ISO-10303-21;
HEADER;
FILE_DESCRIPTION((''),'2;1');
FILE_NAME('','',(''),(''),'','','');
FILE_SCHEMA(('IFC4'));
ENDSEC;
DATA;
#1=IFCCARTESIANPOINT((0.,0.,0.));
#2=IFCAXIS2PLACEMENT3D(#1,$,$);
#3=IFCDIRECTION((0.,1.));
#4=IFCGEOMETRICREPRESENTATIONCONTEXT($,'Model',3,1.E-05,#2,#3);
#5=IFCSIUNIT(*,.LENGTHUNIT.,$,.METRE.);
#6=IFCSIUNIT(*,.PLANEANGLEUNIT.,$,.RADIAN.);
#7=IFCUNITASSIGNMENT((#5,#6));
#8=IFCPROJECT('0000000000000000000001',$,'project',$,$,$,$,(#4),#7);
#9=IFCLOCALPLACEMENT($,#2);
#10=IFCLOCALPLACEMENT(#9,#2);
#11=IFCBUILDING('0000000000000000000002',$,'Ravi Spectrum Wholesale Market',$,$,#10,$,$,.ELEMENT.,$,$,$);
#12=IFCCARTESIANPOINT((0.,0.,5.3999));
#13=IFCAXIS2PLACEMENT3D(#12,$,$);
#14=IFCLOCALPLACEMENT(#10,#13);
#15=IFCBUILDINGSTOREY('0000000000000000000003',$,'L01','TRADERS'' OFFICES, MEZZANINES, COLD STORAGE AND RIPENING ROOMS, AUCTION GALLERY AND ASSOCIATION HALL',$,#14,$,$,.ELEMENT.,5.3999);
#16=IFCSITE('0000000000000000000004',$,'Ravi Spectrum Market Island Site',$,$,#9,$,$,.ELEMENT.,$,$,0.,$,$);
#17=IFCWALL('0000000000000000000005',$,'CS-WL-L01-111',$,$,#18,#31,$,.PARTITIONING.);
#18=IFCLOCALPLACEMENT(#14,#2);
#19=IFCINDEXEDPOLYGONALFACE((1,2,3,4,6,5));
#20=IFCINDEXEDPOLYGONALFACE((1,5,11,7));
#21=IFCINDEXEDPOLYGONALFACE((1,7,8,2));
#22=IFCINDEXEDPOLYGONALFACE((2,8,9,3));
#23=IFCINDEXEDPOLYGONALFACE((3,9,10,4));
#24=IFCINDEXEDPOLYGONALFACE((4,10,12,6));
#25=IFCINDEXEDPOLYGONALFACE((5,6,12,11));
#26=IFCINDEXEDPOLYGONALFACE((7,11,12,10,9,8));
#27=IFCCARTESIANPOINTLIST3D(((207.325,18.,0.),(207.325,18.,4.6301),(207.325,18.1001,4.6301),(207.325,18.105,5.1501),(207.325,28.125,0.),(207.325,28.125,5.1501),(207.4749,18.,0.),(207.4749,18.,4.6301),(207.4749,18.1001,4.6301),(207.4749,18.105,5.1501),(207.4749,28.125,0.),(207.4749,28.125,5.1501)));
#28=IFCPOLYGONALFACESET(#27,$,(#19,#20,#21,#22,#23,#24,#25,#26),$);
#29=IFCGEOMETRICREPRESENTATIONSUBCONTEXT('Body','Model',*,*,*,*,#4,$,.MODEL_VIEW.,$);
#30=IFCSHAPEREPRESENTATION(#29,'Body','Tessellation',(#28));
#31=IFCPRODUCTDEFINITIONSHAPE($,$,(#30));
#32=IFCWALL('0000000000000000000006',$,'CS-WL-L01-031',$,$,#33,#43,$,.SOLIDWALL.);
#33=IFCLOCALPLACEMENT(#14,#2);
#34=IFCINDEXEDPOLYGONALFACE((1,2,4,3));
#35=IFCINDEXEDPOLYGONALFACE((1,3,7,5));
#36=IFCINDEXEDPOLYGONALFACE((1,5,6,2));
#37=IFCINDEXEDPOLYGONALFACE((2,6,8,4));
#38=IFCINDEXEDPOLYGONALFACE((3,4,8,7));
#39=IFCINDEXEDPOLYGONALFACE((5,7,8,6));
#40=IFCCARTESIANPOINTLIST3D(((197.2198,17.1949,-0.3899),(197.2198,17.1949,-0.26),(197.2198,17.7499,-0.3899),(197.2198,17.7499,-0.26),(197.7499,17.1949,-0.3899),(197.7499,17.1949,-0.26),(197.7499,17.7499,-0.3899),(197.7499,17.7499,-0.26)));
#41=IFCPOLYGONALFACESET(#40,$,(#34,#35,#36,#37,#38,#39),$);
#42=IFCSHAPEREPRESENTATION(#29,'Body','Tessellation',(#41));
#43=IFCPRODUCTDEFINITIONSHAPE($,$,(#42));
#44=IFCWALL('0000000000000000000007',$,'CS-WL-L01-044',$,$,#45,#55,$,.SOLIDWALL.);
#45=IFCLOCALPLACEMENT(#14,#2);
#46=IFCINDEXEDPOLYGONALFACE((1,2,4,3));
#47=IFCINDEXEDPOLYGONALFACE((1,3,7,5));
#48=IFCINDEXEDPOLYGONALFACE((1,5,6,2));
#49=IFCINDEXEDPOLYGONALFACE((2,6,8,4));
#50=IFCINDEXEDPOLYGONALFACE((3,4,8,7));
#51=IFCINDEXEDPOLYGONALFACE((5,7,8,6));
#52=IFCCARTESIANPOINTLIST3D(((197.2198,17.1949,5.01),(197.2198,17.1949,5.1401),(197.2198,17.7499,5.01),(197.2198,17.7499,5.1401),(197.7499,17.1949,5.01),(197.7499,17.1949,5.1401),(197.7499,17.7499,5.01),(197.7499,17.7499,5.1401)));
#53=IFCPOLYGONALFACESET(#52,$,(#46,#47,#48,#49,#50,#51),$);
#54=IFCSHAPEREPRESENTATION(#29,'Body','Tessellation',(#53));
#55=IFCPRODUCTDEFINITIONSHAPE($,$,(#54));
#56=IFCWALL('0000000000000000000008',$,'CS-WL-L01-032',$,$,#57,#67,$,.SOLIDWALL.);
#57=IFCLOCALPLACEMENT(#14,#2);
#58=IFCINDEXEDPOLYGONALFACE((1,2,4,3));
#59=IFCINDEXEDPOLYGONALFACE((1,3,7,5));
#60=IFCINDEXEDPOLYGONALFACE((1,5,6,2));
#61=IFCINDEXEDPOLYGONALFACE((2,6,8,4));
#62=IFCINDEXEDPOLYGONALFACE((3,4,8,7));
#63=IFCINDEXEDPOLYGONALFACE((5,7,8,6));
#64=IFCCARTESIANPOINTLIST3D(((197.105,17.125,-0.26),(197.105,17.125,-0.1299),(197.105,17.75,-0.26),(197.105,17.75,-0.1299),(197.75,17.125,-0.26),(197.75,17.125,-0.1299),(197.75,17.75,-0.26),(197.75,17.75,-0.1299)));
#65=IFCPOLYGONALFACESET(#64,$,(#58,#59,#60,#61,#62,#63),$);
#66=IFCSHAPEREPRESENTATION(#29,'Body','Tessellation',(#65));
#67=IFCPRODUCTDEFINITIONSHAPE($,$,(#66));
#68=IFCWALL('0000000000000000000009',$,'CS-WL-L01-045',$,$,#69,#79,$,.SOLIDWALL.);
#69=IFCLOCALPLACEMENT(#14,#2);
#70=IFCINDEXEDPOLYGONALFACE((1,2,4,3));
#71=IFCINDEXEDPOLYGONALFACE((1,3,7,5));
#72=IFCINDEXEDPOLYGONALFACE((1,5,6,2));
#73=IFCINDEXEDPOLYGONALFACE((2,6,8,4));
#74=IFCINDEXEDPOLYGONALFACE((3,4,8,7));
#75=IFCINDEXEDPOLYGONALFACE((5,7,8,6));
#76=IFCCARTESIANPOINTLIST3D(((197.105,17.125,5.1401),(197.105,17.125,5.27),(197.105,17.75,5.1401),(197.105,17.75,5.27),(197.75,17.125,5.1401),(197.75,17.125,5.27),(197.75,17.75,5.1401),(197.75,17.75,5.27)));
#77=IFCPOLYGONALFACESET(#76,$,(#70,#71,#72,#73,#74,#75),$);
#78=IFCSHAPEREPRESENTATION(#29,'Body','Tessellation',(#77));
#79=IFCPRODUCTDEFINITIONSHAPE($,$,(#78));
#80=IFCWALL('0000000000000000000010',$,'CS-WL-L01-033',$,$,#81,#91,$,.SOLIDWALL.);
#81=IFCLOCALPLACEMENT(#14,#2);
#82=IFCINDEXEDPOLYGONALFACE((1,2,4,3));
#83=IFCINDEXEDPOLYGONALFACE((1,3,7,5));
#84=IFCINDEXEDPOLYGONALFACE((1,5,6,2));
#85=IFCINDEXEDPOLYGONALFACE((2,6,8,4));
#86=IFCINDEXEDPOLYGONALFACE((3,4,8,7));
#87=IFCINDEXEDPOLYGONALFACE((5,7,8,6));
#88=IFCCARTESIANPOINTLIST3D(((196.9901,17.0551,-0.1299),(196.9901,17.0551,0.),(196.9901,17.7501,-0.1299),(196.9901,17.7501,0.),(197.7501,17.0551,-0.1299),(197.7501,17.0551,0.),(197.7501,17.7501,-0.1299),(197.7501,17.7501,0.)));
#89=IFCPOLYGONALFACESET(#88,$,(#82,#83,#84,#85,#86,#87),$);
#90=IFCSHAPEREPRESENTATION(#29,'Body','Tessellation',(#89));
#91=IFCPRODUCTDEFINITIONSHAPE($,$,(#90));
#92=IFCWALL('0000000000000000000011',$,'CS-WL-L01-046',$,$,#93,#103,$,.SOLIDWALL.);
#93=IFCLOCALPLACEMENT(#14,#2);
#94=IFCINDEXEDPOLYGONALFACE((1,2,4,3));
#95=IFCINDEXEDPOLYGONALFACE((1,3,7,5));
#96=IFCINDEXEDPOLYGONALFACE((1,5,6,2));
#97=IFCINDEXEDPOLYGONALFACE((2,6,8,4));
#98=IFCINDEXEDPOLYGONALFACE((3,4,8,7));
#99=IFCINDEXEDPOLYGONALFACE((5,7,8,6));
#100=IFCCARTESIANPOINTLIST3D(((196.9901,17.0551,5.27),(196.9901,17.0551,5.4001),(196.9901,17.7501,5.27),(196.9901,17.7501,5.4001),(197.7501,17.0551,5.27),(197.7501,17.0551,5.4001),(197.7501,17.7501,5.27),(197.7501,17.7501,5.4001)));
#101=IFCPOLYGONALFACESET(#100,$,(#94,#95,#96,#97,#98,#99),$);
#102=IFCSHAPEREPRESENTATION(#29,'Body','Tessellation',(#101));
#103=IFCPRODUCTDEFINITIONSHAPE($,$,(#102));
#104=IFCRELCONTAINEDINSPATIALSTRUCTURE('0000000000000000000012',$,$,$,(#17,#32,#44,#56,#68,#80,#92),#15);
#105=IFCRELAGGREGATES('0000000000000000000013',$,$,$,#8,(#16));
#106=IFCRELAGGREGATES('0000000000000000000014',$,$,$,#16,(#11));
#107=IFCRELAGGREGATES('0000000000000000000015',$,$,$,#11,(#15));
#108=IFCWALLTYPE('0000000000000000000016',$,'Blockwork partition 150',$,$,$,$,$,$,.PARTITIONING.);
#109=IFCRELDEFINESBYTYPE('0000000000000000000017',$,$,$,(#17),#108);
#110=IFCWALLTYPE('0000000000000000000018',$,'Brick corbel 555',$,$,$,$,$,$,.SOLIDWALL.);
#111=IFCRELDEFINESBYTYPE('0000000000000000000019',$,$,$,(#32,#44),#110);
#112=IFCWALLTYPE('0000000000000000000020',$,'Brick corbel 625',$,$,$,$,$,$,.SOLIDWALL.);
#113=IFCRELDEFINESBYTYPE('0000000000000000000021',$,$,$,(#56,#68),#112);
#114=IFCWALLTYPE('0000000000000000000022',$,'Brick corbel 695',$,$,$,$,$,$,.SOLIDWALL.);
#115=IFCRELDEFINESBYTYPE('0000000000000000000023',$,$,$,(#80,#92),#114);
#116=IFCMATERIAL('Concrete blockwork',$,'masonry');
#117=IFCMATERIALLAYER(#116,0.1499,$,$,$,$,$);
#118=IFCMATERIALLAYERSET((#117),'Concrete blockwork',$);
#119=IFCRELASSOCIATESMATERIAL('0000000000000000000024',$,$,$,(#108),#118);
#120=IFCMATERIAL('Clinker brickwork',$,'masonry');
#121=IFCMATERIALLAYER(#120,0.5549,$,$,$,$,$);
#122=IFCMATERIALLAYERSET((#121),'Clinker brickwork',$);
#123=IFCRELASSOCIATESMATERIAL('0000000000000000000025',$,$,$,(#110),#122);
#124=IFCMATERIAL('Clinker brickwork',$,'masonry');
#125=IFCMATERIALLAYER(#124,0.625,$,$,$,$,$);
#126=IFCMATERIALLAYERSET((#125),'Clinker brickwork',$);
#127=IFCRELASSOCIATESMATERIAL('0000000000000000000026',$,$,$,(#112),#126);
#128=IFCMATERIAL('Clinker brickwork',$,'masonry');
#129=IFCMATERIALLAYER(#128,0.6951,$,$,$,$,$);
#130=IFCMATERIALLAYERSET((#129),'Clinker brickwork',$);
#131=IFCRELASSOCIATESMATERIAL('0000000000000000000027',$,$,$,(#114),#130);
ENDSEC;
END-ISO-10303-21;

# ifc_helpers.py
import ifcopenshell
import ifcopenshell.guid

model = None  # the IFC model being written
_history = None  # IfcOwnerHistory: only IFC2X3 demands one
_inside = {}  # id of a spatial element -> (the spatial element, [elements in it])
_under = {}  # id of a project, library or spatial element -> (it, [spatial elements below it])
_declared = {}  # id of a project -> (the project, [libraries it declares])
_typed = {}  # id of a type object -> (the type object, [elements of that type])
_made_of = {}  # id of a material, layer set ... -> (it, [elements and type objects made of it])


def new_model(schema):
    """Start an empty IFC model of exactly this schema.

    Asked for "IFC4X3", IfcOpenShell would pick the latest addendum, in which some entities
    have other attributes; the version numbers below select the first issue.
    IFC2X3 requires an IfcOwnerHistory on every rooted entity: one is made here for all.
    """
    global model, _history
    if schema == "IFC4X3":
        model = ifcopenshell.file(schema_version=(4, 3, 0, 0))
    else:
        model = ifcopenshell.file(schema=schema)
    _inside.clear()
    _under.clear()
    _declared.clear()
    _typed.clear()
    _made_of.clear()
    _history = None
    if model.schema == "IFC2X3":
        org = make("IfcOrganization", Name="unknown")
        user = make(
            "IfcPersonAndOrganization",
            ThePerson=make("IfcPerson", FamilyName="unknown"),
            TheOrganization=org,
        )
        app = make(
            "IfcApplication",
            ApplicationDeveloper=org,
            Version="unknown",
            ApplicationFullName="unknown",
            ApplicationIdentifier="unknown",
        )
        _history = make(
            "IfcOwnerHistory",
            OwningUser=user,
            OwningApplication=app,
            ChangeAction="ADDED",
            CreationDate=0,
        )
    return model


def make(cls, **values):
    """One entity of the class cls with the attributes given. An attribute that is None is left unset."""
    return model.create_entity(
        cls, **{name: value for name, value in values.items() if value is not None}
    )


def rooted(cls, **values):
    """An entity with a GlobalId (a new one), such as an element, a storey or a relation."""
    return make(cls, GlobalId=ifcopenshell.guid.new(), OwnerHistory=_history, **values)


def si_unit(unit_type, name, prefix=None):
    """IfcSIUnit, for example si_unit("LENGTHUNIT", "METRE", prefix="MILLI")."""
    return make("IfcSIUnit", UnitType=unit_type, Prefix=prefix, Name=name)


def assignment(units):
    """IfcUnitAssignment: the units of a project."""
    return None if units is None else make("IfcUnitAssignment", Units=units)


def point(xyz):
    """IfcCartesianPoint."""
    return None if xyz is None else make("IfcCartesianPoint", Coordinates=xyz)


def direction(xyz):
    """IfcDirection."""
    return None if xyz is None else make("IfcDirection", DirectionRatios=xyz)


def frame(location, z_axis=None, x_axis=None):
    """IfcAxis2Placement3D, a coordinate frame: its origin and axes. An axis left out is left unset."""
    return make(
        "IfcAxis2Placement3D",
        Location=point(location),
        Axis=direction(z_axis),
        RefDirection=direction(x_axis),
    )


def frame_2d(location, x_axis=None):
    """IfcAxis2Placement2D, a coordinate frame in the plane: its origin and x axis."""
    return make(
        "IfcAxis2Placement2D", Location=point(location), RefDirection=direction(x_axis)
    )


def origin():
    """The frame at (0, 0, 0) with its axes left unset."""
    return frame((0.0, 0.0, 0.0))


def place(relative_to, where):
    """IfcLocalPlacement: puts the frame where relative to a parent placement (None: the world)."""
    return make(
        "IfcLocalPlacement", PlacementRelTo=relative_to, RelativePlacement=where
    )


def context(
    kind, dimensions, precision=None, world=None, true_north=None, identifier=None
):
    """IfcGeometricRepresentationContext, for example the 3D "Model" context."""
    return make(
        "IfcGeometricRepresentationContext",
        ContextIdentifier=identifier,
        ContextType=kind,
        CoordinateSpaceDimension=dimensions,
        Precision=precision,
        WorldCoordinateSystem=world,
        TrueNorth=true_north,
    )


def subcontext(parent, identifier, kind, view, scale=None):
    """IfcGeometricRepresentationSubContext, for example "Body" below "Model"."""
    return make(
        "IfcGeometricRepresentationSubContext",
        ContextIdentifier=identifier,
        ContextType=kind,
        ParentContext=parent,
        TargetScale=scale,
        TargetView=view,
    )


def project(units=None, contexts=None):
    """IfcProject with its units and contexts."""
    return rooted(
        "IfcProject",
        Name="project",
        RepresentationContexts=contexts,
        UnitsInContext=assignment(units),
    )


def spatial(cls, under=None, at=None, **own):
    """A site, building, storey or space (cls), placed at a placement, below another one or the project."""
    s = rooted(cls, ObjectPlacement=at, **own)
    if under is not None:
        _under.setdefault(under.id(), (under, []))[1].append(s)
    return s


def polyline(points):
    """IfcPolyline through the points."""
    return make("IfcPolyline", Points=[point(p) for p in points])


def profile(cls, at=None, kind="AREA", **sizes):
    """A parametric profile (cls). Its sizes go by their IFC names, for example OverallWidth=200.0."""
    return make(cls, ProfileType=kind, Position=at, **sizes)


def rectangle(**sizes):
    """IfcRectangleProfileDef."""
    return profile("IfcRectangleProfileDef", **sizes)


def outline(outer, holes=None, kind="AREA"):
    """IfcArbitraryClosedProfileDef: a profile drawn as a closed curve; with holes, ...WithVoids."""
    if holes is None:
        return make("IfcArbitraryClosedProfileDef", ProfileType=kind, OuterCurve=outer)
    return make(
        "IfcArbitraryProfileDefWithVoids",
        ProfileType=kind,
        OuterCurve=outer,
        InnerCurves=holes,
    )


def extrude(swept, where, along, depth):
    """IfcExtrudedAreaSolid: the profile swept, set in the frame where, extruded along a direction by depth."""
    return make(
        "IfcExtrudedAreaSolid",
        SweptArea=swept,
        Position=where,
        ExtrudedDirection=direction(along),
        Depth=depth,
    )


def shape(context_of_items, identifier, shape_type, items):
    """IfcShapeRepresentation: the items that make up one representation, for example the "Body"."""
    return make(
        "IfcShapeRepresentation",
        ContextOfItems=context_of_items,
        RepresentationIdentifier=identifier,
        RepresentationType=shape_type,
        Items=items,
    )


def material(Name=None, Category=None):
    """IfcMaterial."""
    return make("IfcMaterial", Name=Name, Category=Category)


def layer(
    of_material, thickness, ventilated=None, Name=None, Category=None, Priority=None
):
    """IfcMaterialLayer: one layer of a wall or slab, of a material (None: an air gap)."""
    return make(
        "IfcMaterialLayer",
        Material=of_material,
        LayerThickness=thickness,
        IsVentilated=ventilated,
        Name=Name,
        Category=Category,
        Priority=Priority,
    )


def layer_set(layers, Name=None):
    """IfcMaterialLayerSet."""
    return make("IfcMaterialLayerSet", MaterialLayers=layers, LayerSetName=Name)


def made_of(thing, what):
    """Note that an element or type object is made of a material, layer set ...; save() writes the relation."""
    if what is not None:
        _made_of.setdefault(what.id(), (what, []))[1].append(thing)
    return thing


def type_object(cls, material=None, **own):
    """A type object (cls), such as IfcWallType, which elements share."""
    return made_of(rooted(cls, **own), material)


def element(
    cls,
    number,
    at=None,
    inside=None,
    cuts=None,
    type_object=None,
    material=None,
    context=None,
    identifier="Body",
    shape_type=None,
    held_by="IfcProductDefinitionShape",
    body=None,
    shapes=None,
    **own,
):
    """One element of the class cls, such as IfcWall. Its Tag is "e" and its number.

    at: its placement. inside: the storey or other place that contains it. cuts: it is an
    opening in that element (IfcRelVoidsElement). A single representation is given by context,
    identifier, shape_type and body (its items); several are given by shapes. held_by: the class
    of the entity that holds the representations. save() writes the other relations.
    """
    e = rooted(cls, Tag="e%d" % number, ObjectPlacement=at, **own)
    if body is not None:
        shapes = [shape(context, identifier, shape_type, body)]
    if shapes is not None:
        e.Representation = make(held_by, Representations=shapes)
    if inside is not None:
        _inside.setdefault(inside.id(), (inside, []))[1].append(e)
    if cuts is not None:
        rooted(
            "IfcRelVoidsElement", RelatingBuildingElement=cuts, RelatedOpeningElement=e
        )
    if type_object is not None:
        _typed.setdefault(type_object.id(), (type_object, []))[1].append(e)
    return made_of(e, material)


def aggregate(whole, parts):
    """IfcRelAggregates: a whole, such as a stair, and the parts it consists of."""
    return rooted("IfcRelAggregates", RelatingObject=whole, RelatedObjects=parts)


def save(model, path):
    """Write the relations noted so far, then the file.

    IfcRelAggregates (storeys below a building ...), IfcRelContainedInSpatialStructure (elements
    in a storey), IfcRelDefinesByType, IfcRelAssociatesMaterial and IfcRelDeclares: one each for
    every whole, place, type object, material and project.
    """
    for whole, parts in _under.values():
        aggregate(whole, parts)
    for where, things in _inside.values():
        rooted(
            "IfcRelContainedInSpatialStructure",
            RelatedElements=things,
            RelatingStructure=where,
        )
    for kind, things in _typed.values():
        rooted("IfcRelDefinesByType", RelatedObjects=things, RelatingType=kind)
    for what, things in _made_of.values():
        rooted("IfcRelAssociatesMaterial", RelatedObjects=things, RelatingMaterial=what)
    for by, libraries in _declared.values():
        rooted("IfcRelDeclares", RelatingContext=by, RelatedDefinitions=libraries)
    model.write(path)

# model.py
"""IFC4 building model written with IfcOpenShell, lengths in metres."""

from ifc_helpers import new_model, si_unit, direction, frame, frame_2d, origin, place, context, subcontext, project, spatial, polyline, rectangle, outline, extrude, material, layer, layer_set, type_object, element, save


model = new_model("IFC4")

# Units and contexts
model_context = context("Model", 3, precision=1e-05, world=origin(), true_north=direction((0.0, 1.0)))
body_context = subcontext(model_context, "Body", "Model", "MODEL_VIEW")
ifc_project = project(units=[si_unit("LENGTHUNIT", "METRE"), si_unit("PLANEANGLEUNIT", "RADIAN")], contexts=[model_context])

# Site, building, storey
site_placement = place(None, origin())
site = spatial("IfcSite", under=ifc_project, at=site_placement, Name="Ravi Spectrum Market Island Site", CompositionType="ELEMENT", RefElevation=0.0)
building_placement = place(site_placement, origin())
building = spatial("IfcBuilding", under=site, at=building_placement, Name="Ravi Spectrum Wholesale Market", CompositionType="ELEMENT")
storey_placement = place(building_placement, frame((0.0, 0.0, 5.3999)))
storey = spatial("IfcBuildingStorey", under=building, at=storey_placement, Name="L01", Description="TRADERS' OFFICES, MEZZANINES, COLD STORAGE AND RIPENING ROOMS, AUCTION GALLERY AND ASSOCIATION HALL", CompositionType="ELEMENT", Elevation=5.3999)

# Walls
ifc_material_1 = material(Name="Concrete blockwork", Category="masonry")
ifc_layer_1 = layer(ifc_material_1, 0.1499)
ifc_layer_set_1 = layer_set([ifc_layer_1], Name="Concrete blockwork")
wall_type_1 = type_object("IfcWallType", Name="Blockwork partition 150", PredefinedType="PARTITIONING", material=ifc_layer_set_1)
wall_1_placement = place(storey_placement, frame((207.3999, 18.0, 0.0), z_axis=(0.0, 0.0, 1.0), x_axis=(0.0, 1.0, 0.0)))
element("IfcWall", 1, at=wall_1_placement, inside=storey, type_object=wall_type_1, Name="CS-WL-L01-111", PredefinedType="PARTITIONING", context=body_context, shape_type="SweptSolid", body=[
    extrude(outline(polyline([(0.0, 0.0), (10.125, 0.0), (10.125, 5.1501), (0.105, 5.1501), (0.1001, 4.6301), (0.0, 4.6301), (0.0, 0.0)])), frame((0.0, 0.075, 0.0), z_axis=(0.0, -1.0, 0.0), x_axis=(1.0, 0.0, 0.0)), (0.0, 0.0, 1.0), 0.1499),
])
ifc_material_2 = material(Name="Clinker brickwork", Category="masonry")
ifc_layer_2 = layer(ifc_material_2, 0.5549)
ifc_layer_set_2 = layer_set([ifc_layer_2], Name="Clinker brickwork")
wall_type_2 = type_object("IfcWallType", Name="Brick corbel 555", PredefinedType="SOLIDWALL", material=ifc_layer_set_2)
wall_2_placement = place(storey_placement, frame((197.75, 17.4724, -0.3899), z_axis=(0.0, 0.0, 1.0), x_axis=(-1.0, 0.0, 0.0)))
element("IfcWall", 2, at=wall_2_placement, inside=storey, type_object=wall_type_2, Name="CS-WL-L01-031", PredefinedType="SOLIDWALL", context=body_context, shape_type="SweptSolid", body=[
    extrude(rectangle(XDim=0.53, YDim=0.5549, at=frame_2d((0.2651, 0.0))), origin(), (0.0, 0.0, 1.0), 0.1299),
])
wall_3_placement = place(storey_placement, frame((197.75, 17.4724, 5.01), z_axis=(0.0, 0.0, 1.0), x_axis=(-1.0, 0.0, 0.0)))
element("IfcWall", 3, at=wall_3_placement, inside=storey, type_object=wall_type_2, Name="CS-WL-L01-044", PredefinedType="SOLIDWALL", context=body_context, shape_type="SweptSolid", body=[
    extrude(rectangle(XDim=0.53, YDim=0.5549, at=frame_2d((0.2651, 0.0))), origin(), (0.0, 0.0, 1.0), 0.1301),
])
ifc_material_3 = material(Name="Clinker brickwork", Category="masonry")
ifc_layer_3 = layer(ifc_material_3, 0.625)
ifc_layer_set_3 = layer_set([ifc_layer_3], Name="Clinker brickwork")
wall_type_3 = type_object("IfcWallType", Name="Brick corbel 625", PredefinedType="SOLIDWALL", material=ifc_layer_set_3)
wall_4_placement = place(storey_placement, frame((197.75, 17.4375, -0.26), z_axis=(0.0, 0.0, 1.0), x_axis=(-1.0, 0.0, 0.0)))
element("IfcWall", 4, at=wall_4_placement, inside=storey, type_object=wall_type_3, Name="CS-WL-L01-032", PredefinedType="SOLIDWALL", context=body_context, shape_type="SweptSolid", body=[
    extrude(rectangle(XDim=0.645, YDim=0.625, at=frame_2d((0.3225, 0.0))), origin(), (0.0, 0.0, 1.0), 0.1301),
])
wall_5_placement = place(storey_placement, frame((197.75, 17.4375, 5.1401), z_axis=(0.0, 0.0, 1.0), x_axis=(-1.0, 0.0, 0.0)))
element("IfcWall", 5, at=wall_5_placement, inside=storey, type_object=wall_type_3, Name="CS-WL-L01-045", PredefinedType="SOLIDWALL", context=body_context, shape_type="SweptSolid", body=[
    extrude(rectangle(XDim=0.645, YDim=0.625, at=frame_2d((0.3225, 0.0))), origin(), (0.0, 0.0, 1.0), 0.1299),
])
ifc_material_4 = material(Name="Clinker brickwork", Category="masonry")
ifc_layer_4 = layer(ifc_material_4, 0.6951)
ifc_layer_set_4 = layer_set([ifc_layer_4], Name="Clinker brickwork")
wall_type_4 = type_object("IfcWallType", Name="Brick corbel 695", PredefinedType="SOLIDWALL", material=ifc_layer_set_4)
wall_6_placement = place(storey_placement, frame((197.75, 17.4026, -0.1299), z_axis=(0.0, 0.0, 1.0), x_axis=(-1.0, 0.0, 0.0)))
element("IfcWall", 6, at=wall_6_placement, inside=storey, type_object=wall_type_4, Name="CS-WL-L01-033", PredefinedType="SOLIDWALL", context=body_context, shape_type="SweptSolid", body=[
    extrude(rectangle(XDim=0.76, YDim=0.6951, at=frame_2d((0.3799, 0.0))), origin(), (0.0, 0.0, 1.0), 0.1299),
])
wall_7_placement = place(storey_placement, frame((197.75, 17.4026, 5.27), z_axis=(0.0, 0.0, 1.0), x_axis=(-1.0, 0.0, 0.0)))
element("IfcWall", 7, at=wall_7_placement, inside=storey, type_object=wall_type_4, Name="CS-WL-L01-046", PredefinedType="SOLIDWALL", context=body_context, shape_type="SweptSolid", body=[
    extrude(rectangle(XDim=0.76, YDim=0.6951, at=frame_2d((0.3799, 0.0))), origin(), (0.0, 0.0, 1.0), 0.1301),
])

save(model, "model.ifc")
